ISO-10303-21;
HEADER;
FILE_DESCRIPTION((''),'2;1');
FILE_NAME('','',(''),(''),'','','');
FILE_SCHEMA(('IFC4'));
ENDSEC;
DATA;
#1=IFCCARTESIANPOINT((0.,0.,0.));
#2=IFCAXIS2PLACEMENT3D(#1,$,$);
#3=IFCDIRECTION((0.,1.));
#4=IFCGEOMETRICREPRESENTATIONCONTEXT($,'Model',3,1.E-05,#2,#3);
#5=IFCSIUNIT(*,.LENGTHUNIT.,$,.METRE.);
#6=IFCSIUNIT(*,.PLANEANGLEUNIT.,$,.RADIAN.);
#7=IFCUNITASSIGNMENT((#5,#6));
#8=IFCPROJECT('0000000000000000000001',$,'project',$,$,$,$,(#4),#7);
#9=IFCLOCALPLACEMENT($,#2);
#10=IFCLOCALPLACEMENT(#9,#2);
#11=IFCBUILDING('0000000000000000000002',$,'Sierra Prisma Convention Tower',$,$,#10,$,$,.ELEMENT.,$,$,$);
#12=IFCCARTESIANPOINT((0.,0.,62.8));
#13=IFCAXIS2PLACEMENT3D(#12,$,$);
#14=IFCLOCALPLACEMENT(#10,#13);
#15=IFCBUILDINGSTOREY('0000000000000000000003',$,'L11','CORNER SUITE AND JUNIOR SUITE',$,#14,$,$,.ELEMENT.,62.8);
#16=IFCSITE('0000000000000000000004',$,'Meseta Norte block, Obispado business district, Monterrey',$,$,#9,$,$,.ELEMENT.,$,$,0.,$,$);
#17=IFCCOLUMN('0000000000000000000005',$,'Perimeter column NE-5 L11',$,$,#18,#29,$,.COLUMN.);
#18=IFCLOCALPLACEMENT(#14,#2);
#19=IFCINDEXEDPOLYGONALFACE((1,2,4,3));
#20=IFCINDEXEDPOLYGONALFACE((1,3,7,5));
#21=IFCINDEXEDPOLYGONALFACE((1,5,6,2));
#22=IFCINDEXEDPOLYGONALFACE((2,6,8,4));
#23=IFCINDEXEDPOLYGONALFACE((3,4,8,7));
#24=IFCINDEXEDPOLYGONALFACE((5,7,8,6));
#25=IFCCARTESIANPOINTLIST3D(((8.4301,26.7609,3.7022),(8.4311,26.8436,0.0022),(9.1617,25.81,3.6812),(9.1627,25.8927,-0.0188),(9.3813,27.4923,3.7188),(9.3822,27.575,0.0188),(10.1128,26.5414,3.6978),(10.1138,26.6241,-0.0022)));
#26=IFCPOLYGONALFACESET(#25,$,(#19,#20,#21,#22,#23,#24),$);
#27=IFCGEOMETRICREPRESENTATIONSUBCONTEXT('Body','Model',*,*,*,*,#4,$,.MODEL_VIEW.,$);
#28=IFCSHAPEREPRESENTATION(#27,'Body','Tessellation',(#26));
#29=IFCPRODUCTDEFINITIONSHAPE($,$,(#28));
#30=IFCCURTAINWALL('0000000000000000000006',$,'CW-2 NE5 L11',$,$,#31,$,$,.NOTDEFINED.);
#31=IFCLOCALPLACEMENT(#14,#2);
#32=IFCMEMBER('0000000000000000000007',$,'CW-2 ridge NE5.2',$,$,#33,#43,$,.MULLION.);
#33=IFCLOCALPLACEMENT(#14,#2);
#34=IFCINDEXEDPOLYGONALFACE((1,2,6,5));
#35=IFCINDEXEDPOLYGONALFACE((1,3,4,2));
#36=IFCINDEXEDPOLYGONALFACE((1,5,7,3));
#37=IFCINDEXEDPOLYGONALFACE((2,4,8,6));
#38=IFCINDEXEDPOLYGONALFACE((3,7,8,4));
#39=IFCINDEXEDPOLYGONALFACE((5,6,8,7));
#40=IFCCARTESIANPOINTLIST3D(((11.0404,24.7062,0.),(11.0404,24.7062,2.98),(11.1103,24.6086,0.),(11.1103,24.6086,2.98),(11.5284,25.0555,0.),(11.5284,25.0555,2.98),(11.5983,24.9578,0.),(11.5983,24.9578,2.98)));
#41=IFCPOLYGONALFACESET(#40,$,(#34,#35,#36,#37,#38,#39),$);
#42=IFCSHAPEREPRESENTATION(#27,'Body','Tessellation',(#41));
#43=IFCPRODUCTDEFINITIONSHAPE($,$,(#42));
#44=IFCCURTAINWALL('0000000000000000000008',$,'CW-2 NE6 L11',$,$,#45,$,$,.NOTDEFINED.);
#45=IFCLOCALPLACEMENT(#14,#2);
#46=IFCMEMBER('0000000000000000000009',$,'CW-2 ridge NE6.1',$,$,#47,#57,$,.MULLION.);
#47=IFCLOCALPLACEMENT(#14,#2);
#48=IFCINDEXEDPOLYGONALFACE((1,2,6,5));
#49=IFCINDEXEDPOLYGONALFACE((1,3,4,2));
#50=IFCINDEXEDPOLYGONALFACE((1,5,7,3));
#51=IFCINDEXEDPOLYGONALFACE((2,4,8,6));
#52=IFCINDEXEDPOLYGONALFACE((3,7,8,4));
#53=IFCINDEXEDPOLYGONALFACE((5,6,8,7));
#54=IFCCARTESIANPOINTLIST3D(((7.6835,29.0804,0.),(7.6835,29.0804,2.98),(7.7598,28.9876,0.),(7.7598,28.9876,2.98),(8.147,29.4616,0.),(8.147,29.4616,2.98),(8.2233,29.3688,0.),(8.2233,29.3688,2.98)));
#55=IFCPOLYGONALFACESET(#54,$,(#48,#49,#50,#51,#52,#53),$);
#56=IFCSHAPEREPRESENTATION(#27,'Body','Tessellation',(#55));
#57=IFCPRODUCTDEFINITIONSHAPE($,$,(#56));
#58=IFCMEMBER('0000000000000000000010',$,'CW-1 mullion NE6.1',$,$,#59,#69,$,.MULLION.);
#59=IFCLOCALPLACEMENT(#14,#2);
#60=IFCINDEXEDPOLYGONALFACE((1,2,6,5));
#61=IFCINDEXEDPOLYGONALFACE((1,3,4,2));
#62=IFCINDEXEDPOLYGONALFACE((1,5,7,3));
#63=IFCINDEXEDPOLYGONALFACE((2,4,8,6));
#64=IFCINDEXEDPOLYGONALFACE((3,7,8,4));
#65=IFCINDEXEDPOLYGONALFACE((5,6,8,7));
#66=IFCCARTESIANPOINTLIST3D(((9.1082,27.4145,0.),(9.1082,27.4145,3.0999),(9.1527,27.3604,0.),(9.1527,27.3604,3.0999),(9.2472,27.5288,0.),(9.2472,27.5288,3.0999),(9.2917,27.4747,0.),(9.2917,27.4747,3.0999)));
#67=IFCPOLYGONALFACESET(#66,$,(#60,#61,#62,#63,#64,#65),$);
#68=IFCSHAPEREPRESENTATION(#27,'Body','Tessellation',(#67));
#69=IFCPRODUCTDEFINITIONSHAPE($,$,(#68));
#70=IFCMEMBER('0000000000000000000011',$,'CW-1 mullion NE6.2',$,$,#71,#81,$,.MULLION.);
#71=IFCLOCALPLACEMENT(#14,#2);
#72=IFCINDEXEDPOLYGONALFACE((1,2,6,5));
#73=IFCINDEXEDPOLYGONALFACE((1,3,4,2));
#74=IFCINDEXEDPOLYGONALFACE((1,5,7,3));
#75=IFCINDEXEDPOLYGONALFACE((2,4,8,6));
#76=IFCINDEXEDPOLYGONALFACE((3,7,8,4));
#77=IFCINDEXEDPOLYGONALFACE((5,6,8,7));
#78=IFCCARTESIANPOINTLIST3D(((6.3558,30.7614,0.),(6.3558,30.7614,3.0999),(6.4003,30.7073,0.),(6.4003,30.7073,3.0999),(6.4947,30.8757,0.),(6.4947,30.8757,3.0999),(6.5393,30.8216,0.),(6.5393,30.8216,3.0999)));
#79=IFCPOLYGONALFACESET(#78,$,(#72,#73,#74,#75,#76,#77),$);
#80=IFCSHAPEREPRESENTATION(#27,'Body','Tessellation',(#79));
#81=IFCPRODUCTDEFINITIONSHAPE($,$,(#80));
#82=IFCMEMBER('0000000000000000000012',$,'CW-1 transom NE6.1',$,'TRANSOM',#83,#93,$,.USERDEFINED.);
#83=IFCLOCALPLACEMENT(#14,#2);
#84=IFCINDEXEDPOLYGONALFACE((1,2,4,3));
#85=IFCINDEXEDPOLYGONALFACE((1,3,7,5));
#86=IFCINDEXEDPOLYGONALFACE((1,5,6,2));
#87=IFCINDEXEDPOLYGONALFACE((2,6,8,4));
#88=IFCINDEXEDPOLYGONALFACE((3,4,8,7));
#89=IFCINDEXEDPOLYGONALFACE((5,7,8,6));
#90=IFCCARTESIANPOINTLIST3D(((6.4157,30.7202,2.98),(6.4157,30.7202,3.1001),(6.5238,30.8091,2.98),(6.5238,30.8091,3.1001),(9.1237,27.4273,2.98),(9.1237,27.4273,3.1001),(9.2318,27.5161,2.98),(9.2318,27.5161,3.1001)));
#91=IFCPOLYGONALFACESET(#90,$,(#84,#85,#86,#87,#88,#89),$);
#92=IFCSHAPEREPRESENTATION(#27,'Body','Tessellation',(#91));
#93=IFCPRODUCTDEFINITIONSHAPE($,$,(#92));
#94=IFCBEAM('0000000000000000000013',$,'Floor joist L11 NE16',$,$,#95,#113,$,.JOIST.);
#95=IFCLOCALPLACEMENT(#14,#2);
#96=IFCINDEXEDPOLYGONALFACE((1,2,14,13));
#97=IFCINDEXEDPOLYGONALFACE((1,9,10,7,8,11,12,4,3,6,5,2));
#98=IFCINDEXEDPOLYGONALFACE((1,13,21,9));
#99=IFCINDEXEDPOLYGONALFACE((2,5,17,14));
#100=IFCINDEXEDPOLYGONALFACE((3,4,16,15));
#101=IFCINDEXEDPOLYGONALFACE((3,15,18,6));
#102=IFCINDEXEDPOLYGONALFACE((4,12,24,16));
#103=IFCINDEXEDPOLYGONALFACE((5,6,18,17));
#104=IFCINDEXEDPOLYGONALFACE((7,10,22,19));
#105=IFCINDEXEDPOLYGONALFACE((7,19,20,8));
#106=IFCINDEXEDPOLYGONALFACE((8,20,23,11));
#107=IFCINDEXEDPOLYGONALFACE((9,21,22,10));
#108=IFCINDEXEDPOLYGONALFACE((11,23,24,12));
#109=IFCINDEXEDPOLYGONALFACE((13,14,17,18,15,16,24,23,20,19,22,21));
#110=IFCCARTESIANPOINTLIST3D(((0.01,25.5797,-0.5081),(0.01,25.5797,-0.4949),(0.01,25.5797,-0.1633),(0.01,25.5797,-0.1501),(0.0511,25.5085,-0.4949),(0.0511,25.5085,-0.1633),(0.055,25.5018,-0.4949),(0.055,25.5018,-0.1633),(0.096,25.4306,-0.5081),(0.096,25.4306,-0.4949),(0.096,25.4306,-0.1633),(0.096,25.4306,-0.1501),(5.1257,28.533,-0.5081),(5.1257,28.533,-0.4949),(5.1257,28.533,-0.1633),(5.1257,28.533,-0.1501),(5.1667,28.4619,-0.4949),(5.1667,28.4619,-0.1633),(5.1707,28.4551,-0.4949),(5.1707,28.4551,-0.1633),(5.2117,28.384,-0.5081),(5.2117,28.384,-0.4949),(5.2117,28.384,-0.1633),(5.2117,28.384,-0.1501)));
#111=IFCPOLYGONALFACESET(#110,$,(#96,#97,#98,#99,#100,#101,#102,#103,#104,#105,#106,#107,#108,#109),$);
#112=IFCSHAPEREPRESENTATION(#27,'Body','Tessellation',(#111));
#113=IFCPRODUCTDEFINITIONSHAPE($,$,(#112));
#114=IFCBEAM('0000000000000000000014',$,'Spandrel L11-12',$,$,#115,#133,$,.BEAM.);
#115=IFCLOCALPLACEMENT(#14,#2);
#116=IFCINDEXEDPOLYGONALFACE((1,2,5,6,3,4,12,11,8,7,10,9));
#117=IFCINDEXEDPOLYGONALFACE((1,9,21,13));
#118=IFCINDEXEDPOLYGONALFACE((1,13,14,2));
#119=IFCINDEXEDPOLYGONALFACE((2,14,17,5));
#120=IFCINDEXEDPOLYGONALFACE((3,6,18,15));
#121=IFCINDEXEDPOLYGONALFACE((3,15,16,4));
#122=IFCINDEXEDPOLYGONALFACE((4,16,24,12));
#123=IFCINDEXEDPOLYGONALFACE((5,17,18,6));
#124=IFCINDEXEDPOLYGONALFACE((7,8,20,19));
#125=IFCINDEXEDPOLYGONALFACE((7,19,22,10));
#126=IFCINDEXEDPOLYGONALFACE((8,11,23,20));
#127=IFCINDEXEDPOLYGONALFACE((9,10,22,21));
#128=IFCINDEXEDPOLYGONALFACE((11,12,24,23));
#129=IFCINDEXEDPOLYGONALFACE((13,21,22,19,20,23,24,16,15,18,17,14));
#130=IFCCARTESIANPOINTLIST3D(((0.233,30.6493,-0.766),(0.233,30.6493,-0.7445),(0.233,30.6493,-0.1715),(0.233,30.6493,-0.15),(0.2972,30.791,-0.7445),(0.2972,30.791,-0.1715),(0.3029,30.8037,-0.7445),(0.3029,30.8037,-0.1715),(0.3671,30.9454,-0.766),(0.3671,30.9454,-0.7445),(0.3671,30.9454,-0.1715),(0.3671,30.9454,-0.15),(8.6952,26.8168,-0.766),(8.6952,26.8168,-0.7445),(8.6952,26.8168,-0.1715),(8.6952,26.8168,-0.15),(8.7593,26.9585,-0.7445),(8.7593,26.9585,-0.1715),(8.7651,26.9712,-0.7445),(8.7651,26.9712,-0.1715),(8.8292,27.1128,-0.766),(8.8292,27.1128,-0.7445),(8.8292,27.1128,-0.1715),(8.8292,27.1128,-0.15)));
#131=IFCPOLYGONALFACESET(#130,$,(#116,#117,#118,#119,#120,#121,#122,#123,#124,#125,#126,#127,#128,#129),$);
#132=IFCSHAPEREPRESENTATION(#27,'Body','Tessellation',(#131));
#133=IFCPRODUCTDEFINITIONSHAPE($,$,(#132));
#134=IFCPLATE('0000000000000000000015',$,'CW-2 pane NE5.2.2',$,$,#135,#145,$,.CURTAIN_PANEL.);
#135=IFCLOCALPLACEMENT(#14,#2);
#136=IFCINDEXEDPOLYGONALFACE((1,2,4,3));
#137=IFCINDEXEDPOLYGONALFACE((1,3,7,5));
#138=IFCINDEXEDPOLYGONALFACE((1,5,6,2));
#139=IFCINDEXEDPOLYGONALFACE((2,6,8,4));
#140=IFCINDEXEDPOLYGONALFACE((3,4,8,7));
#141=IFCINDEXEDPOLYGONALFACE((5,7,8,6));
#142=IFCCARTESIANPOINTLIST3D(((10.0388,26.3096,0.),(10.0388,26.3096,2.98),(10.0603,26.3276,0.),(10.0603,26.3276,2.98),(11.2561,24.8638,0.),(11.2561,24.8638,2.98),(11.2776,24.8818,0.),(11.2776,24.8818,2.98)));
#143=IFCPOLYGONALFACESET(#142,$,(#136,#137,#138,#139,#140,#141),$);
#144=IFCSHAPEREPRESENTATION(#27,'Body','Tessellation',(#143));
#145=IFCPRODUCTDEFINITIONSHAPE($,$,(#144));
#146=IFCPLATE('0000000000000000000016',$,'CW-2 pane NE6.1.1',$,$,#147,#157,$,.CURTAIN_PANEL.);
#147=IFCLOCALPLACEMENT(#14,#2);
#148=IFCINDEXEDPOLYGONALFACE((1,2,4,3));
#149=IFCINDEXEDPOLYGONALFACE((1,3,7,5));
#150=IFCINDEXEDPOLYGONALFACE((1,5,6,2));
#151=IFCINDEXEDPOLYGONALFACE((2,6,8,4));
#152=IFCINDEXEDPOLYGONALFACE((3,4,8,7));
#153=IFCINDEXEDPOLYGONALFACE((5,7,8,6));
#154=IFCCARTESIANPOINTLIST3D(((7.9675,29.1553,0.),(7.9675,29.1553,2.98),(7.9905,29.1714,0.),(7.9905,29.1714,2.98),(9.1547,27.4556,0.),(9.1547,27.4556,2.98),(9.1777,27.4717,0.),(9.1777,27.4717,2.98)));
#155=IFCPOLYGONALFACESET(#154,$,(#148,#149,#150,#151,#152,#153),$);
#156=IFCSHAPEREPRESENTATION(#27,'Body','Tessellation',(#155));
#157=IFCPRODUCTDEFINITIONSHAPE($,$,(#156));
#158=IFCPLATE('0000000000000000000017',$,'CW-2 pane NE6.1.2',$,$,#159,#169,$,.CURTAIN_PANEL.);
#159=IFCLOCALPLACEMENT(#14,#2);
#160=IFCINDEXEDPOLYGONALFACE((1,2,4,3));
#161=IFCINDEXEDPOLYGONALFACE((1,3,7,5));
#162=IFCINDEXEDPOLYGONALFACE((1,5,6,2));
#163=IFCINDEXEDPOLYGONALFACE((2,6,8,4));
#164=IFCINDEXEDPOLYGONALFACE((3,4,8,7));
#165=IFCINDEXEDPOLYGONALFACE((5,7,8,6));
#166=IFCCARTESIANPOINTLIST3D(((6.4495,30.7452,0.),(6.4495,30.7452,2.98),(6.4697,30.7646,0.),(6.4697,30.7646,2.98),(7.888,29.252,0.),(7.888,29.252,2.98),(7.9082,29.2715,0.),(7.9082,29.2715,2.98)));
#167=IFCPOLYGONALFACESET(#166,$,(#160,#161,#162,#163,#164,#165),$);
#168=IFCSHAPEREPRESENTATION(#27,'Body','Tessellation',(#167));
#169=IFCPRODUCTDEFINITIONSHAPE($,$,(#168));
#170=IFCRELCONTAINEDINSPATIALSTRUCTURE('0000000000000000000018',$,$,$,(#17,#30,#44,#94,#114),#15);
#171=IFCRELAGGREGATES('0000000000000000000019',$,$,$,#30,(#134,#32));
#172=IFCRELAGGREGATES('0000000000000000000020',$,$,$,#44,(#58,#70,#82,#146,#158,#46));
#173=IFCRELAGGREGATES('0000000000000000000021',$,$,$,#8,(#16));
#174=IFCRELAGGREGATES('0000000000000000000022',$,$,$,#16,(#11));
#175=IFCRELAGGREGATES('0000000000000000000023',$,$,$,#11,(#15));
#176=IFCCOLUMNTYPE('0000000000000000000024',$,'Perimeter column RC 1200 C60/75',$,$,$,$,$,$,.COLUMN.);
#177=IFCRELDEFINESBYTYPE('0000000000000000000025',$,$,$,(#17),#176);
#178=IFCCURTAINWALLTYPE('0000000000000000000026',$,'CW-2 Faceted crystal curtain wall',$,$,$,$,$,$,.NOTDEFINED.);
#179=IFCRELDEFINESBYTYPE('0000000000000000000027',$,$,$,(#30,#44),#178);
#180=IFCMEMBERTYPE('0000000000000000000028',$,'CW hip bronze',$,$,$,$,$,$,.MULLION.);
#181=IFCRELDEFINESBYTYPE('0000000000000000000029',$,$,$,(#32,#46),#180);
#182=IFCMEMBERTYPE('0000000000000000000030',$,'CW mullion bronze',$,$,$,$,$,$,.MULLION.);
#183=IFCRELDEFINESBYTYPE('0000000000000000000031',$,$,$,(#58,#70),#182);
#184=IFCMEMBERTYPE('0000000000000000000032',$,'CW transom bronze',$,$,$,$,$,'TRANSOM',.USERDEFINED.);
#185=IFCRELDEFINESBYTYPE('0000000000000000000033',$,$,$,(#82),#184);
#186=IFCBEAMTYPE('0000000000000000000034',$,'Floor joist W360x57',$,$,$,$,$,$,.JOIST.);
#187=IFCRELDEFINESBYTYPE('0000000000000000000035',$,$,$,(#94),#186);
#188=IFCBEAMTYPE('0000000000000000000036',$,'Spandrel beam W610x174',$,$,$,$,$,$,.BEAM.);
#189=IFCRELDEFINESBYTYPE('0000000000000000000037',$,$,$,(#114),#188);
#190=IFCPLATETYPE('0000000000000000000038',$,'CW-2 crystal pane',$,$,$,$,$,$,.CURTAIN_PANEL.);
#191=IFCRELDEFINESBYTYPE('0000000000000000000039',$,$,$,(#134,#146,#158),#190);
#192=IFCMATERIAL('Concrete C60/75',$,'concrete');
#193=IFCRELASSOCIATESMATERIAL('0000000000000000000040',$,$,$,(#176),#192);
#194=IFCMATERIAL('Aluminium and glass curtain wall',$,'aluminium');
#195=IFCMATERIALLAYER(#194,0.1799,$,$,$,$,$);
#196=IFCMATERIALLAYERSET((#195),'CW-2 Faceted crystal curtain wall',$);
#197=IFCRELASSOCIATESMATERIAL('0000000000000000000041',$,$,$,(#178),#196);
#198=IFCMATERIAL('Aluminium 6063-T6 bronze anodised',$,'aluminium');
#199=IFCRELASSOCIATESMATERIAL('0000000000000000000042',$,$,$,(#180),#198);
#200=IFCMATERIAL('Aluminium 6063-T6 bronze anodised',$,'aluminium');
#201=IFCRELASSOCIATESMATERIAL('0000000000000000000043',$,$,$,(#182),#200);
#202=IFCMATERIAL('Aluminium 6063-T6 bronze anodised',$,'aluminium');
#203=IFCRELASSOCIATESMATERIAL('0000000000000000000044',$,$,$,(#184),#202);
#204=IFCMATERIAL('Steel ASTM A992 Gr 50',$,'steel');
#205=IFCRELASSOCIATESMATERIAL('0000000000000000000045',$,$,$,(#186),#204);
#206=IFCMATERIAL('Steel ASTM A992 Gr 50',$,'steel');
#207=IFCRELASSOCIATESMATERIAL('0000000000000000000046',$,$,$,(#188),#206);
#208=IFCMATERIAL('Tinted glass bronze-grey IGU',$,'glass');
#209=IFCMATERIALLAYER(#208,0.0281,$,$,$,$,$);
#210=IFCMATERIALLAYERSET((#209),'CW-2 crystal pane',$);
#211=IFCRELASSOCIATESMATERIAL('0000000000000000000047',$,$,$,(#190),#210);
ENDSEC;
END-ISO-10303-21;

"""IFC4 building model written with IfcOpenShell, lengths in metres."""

from ifc_helpers import new_model, si_unit, direction, frame, origin, origin_2d, place, context, subcontext, project, spatial, polyline, rectangle, i_section, outline, extrude, material, layer, layer_set, material_profile, profile_set, type_object, element, aggregate, save


model = new_model("IFC4")

# Units and contexts
model_context = context("Model", 3, precision=1e-05, world=origin(), true_north=direction((0.0, 1.0)))
body_context = subcontext(model_context, "Body", "Model", "MODEL_VIEW")
ifc_project = project(units=[si_unit("LENGTHUNIT", "METRE"), si_unit("PLANEANGLEUNIT", "RADIAN")], contexts=[model_context])

# Site, building, storey
site_placement = place(None, origin())
site = spatial("IfcSite", under=ifc_project, at=site_placement, Name="Meseta Norte block, Obispado business district, Monterrey", CompositionType="ELEMENT", RefElevation=0.0)
building_placement = place(site_placement, origin())
building = spatial("IfcBuilding", under=site, at=building_placement, Name="Sierra Prisma Convention Tower", CompositionType="ELEMENT")
storey_placement = place(building_placement, frame((0.0, 0.0, 62.8)))
storey = spatial("IfcBuildingStorey", under=building, at=storey_placement, Name="L11", Description="CORNER SUITE AND JUNIOR SUITE", CompositionType="ELEMENT", Elevation=62.8)

# Column
ifc_material_1 = material(Name="Concrete C60/75", Category="concrete")
ifc_material_profile_1 = material_profile(ifc_material_1, rectangle(XDim=1.2, YDim=1.2, at=origin_2d()), Name="Perimeter column RC 1200 C60/75")
ifc_profile_set_1 = profile_set([ifc_material_profile_1], Name="Concrete C60/75")
column_type = type_object("IfcColumnType", Name="Perimeter column RC 1200 C60/75", PredefinedType="COLUMN", material=ifc_profile_set_1)
column_placement = place(storey_placement, frame((9.2725, 26.7339, 0.0), z_axis=(-0.000264, -0.022363, 0.99975), x_axis=(-0.609679, 0.792454, 0.017565)))
element("IfcColumn", 1, at=column_placement, inside=storey, type_object=column_type, Name="Perimeter column NE-5 L11", PredefinedType="COLUMN", context=body_context, shape_type="SweptSolid", body=[
    extrude(rectangle(XDim=1.2, YDim=1.2, at=origin_2d()), origin(), (0.0, 0.0, 1.0), 3.7009),
])

# Curtain wall, member
ifc_material_2 = material(Name="Aluminium and glass curtain wall", Category="aluminium")
ifc_layer_1 = layer(ifc_material_2, 0.1799)
ifc_layer_set_1 = layer_set([ifc_layer_1], Name="CW-2 Faceted crystal curtain wall")
curtain_wall_type = type_object("IfcCurtainWallType", Name="CW-2 Faceted crystal curtain wall", PredefinedType="NOTDEFINED", material=ifc_layer_set_1)
curtain_wall_1_placement = place(storey_placement, origin())
curtain_wall_1 = element("IfcCurtainWall", 2, at=curtain_wall_1_placement, inside=storey, type_object=curtain_wall_type, Name="CW-2 NE5 L11", PredefinedType="NOTDEFINED")
ifc_material_3 = material(Name="Aluminium 6063-T6 bronze anodised", Category="aluminium")
ifc_material_profile_2 = material_profile(ifc_material_3, rectangle(XDim=0.1201, YDim=0.6001, at=origin_2d()), Name="ALU RIDGE BLADE 120x600")
ifc_profile_set_2 = profile_set([ifc_material_profile_2], Name="Aluminium 6063-T6 bronze anodised")
member_type_1 = type_object("IfcMemberType", Name="CW hip bronze", PredefinedType="MULLION", material=ifc_profile_set_2)
member_1_placement = place(storey_placement, frame((11.3193, 24.832, 0.0), z_axis=(0.0, 0.0, 1.0), x_axis=(-0.582035, 0.813163, 0.0)))
member_1 = element("IfcMember", 3, at=member_1_placement, type_object=member_type_1, Name="CW-2 ridge NE5.2", PredefinedType="MULLION", context=body_context, shape_type="SweptSolid", body=[
    extrude(rectangle(XDim=0.1201, YDim=0.6001, at=origin_2d()), origin(), (0.0, 0.0, 1.0), 2.98),
])

# Curtain wall, members
curtain_wall_2_placement = place(storey_placement, origin())
curtain_wall_2 = element("IfcCurtainWall", 4, at=curtain_wall_2_placement, inside=storey, type_object=curtain_wall_type, Name="CW-2 NE6 L11", PredefinedType="NOTDEFINED")
member_2_placement = place(storey_placement, frame((7.9534, 29.2246, 0.0), z_axis=(0.0, 0.0, 1.0), x_axis=(-0.635148, 0.772391, 0.0)))
member_2 = element("IfcMember", 5, at=member_2_placement, type_object=member_type_1, Name="CW-2 ridge NE6.1", PredefinedType="MULLION", context=body_context, shape_type="SweptSolid", body=[
    extrude(rectangle(XDim=0.1201, YDim=0.6001, at=origin_2d()), origin(), (0.0, 0.0, 1.0), 2.98),
])
ifc_material_4 = material(Name="Aluminium 6063-T6 bronze anodised", Category="aluminium")
ifc_material_profile_3 = material_profile(ifc_material_4, rectangle(XDim=0.1799, YDim=0.0701, at=origin_2d()), Name="ALU MULLION 70x180")
ifc_profile_set_3 = profile_set([ifc_material_profile_3], Name="Aluminium 6063-T6 bronze anodised")
member_type_2 = type_object("IfcMemberType", Name="CW mullion bronze", PredefinedType="MULLION", material=ifc_profile_set_3)
member_3_placement = place(storey_placement, frame((9.2, 27.4446, 0.0), z_axis=(0.0, 0.0, 1.0), x_axis=(-0.772391, -0.635148, 0.0)))
member_3 = element("IfcMember", 6, at=member_3_placement, type_object=member_type_2, Name="CW-1 mullion NE6.1", PredefinedType="MULLION", context=body_context, shape_type="SweptSolid", body=[
    extrude(rectangle(XDim=0.1799, YDim=0.0701, at=origin_2d()), origin(), (0.0, 0.0, 1.0), 3.0999),
])
member_4_placement = place(storey_placement, frame((6.4475, 30.7915, 0.0), z_axis=(0.0, 0.0, 1.0), x_axis=(-0.772391, -0.635148, 0.0)))
member_4 = element("IfcMember", 7, at=member_4_placement, type_object=member_type_2, Name="CW-1 mullion NE6.2", PredefinedType="MULLION", context=body_context, shape_type="SweptSolid", body=[
    extrude(rectangle(XDim=0.1799, YDim=0.0701, at=origin_2d()), origin(), (0.0, 0.0, 1.0), 3.0999),
])
ifc_material_5 = material(Name="Aluminium 6063-T6 bronze anodised", Category="aluminium")
ifc_material_profile_4 = material_profile(ifc_material_5, rectangle(XDim=0.1399, YDim=0.1201, at=origin_2d()), Name="ALU TRANSOM 120x140")
ifc_profile_set_4 = profile_set([ifc_material_profile_4], Name="Aluminium 6063-T6 bronze anodised")
member_type_3 = type_object("IfcMemberType", Name="CW transom bronze", ElementType="TRANSOM", PredefinedType="USERDEFINED", material=ifc_profile_set_4)
member_5_placement = place(storey_placement, frame((9.1777, 27.4717, 3.04), z_axis=(-0.635169, 0.772373, 0.0), x_axis=(-0.772373, -0.635169, 0.0)))
member_5 = element("IfcMember", 8, at=member_5_placement, type_object=member_type_3, Name="CW-1 transom NE6.1", ObjectType="TRANSOM", PredefinedType="USERDEFINED", context=body_context, shape_type="SweptSolid", body=[
    extrude(rectangle(XDim=0.1399, YDim=0.1201, at=origin_2d()), origin(), (0.0, 0.0, 1.0), 4.2634),
])

# Beams
ifc_material_6 = material(Name="Steel ASTM A992 Gr 50", Category="steel")
ifc_material_profile_5 = material_profile(ifc_material_6, i_section(OverallWidth=0.1721, OverallDepth=0.3579, WebThickness=0.0078, FlangeThickness=0.0132, at=origin_2d()), Name="W360x57")
ifc_profile_set_5 = profile_set([ifc_material_profile_5], Name="Steel ASTM A992 Gr 50")
beam_type_1 = type_object("IfcBeamType", Name="Floor joist W360x57", PredefinedType="JOIST", material=ifc_profile_set_5)
beam_1_placement = place(storey_placement, frame((5.1687, 28.4585, -0.3291), z_axis=(-0.86604, -0.499975, 0.0), x_axis=(0.499975, -0.86604, 0.0)))
element("IfcBeam", 9, at=beam_1_placement, inside=storey, type_object=beam_type_1, Name="Floor joist L11 NE16", PredefinedType="JOIST", context=body_context, shape_type="SweptSolid", body=[
    extrude(i_section(OverallWidth=0.1721, OverallDepth=0.3579, WebThickness=0.0078, FlangeThickness=0.0132, at=origin_2d()), origin(), (0.0, 0.0, 1.0), 5.907),
])
ifc_material_7 = material(Name="Steel ASTM A992 Gr 50", Category="steel")
ifc_material_profile_6 = material_profile(ifc_material_7, i_section(OverallWidth=0.325, OverallDepth=0.616, WebThickness=0.0139, FlangeThickness=0.0215, at=origin_2d()), Name="W610x174")
ifc_profile_set_6 = profile_set([ifc_material_profile_6], Name="Steel ASTM A992 Gr 50")
beam_type_2 = type_object("IfcBeamType", Name="Spandrel beam W610x174", PredefinedType="BEAM", material=ifc_profile_set_6)
beam_2_placement = place(storey_placement, frame((8.7622, 26.9648, -0.458), z_axis=(-0.91093, 0.412561, 0.0), x_axis=(-0.412561, -0.91093, 0.0)))
element("IfcBeam", 10, at=beam_2_placement, inside=storey, type_object=beam_type_2, Name="Spandrel L11-12", PredefinedType="BEAM", context=body_context, shape_type="SweptSolid", body=[
    extrude(i_section(OverallWidth=0.325, OverallDepth=0.616, WebThickness=0.0139, FlangeThickness=0.0215, at=origin_2d()), origin(), (0.0, 0.0, 1.0), 9.2896),
])

# Plates
ifc_material_8 = material(Name="Tinted glass bronze-grey IGU", Category="glass")
ifc_layer_2 = layer(ifc_material_8, 0.0281)
ifc_layer_set_2 = layer_set([ifc_layer_2], Name="CW-2 crystal pane")
plate_type = type_object("IfcPlateType", Name="CW-2 crystal pane", PredefinedType="CURTAIN_PANEL", material=ifc_layer_set_2)
plate_1_placement = place(storey_placement, frame((10.0603, 26.3276, 0.0), z_axis=(0.764971, 0.644064, 0.0), x_axis=(0.644064, -0.764971, 0.0)))
plate_1 = element("IfcPlate", 11, at=plate_1_placement, type_object=plate_type, Name="CW-2 pane NE5.2.2", PredefinedType="CURTAIN_PANEL", context=body_context, shape_type="SweptSolid", body=[
    extrude(outline(polyline([(0.0, 0.0), (1.89, 0.0), (1.89, -2.98), (0.0, -2.98), (0.0, 0.0)])), origin(), (0.0, 0.0, -1.0), 0.0281),
])
aggregate(curtain_wall_1, [plate_1, member_1])
plate_2_placement = place(storey_placement, frame((9.1777, 27.4717, 0.0), z_axis=(0.819807, 0.57264, 0.0), x_axis=(-0.57264, 0.819807, 0.0)))
plate_2 = element("IfcPlate", 12, at=plate_2_placement, type_object=plate_type, Name="CW-2 pane NE6.1.1", PredefinedType="CURTAIN_PANEL", context=body_context, shape_type="SweptSolid", body=[
    extrude(outline(polyline([(0.0, 0.0), (2.0733, 0.0), (2.0733, 2.98), (0.0, 2.98), (0.0, 0.0)])), origin(), (0.0, 0.0, -1.0), 0.0281),
])
plate_3_placement = place(storey_placement, frame((6.4697, 30.7646, 0.0), z_axis=(0.720172, 0.693796, 0.0), x_axis=(0.693796, -0.720172, 0.0)))
plate_3 = element("IfcPlate", 13, at=plate_3_placement, type_object=plate_type, Name="CW-2 pane NE6.1.2", PredefinedType="CURTAIN_PANEL", context=body_context, shape_type="SweptSolid", body=[
    extrude(outline(polyline([(0.0, 0.0), (2.0733, 0.0), (2.0733, -2.98), (0.0, -2.98), (0.0, 0.0)])), origin(), (0.0, 0.0, -1.0), 0.0281),
])
aggregate(curtain_wall_2, [member_3, member_4, member_5, plate_2, plate_3, member_2])

save(model, "model.ifc")
